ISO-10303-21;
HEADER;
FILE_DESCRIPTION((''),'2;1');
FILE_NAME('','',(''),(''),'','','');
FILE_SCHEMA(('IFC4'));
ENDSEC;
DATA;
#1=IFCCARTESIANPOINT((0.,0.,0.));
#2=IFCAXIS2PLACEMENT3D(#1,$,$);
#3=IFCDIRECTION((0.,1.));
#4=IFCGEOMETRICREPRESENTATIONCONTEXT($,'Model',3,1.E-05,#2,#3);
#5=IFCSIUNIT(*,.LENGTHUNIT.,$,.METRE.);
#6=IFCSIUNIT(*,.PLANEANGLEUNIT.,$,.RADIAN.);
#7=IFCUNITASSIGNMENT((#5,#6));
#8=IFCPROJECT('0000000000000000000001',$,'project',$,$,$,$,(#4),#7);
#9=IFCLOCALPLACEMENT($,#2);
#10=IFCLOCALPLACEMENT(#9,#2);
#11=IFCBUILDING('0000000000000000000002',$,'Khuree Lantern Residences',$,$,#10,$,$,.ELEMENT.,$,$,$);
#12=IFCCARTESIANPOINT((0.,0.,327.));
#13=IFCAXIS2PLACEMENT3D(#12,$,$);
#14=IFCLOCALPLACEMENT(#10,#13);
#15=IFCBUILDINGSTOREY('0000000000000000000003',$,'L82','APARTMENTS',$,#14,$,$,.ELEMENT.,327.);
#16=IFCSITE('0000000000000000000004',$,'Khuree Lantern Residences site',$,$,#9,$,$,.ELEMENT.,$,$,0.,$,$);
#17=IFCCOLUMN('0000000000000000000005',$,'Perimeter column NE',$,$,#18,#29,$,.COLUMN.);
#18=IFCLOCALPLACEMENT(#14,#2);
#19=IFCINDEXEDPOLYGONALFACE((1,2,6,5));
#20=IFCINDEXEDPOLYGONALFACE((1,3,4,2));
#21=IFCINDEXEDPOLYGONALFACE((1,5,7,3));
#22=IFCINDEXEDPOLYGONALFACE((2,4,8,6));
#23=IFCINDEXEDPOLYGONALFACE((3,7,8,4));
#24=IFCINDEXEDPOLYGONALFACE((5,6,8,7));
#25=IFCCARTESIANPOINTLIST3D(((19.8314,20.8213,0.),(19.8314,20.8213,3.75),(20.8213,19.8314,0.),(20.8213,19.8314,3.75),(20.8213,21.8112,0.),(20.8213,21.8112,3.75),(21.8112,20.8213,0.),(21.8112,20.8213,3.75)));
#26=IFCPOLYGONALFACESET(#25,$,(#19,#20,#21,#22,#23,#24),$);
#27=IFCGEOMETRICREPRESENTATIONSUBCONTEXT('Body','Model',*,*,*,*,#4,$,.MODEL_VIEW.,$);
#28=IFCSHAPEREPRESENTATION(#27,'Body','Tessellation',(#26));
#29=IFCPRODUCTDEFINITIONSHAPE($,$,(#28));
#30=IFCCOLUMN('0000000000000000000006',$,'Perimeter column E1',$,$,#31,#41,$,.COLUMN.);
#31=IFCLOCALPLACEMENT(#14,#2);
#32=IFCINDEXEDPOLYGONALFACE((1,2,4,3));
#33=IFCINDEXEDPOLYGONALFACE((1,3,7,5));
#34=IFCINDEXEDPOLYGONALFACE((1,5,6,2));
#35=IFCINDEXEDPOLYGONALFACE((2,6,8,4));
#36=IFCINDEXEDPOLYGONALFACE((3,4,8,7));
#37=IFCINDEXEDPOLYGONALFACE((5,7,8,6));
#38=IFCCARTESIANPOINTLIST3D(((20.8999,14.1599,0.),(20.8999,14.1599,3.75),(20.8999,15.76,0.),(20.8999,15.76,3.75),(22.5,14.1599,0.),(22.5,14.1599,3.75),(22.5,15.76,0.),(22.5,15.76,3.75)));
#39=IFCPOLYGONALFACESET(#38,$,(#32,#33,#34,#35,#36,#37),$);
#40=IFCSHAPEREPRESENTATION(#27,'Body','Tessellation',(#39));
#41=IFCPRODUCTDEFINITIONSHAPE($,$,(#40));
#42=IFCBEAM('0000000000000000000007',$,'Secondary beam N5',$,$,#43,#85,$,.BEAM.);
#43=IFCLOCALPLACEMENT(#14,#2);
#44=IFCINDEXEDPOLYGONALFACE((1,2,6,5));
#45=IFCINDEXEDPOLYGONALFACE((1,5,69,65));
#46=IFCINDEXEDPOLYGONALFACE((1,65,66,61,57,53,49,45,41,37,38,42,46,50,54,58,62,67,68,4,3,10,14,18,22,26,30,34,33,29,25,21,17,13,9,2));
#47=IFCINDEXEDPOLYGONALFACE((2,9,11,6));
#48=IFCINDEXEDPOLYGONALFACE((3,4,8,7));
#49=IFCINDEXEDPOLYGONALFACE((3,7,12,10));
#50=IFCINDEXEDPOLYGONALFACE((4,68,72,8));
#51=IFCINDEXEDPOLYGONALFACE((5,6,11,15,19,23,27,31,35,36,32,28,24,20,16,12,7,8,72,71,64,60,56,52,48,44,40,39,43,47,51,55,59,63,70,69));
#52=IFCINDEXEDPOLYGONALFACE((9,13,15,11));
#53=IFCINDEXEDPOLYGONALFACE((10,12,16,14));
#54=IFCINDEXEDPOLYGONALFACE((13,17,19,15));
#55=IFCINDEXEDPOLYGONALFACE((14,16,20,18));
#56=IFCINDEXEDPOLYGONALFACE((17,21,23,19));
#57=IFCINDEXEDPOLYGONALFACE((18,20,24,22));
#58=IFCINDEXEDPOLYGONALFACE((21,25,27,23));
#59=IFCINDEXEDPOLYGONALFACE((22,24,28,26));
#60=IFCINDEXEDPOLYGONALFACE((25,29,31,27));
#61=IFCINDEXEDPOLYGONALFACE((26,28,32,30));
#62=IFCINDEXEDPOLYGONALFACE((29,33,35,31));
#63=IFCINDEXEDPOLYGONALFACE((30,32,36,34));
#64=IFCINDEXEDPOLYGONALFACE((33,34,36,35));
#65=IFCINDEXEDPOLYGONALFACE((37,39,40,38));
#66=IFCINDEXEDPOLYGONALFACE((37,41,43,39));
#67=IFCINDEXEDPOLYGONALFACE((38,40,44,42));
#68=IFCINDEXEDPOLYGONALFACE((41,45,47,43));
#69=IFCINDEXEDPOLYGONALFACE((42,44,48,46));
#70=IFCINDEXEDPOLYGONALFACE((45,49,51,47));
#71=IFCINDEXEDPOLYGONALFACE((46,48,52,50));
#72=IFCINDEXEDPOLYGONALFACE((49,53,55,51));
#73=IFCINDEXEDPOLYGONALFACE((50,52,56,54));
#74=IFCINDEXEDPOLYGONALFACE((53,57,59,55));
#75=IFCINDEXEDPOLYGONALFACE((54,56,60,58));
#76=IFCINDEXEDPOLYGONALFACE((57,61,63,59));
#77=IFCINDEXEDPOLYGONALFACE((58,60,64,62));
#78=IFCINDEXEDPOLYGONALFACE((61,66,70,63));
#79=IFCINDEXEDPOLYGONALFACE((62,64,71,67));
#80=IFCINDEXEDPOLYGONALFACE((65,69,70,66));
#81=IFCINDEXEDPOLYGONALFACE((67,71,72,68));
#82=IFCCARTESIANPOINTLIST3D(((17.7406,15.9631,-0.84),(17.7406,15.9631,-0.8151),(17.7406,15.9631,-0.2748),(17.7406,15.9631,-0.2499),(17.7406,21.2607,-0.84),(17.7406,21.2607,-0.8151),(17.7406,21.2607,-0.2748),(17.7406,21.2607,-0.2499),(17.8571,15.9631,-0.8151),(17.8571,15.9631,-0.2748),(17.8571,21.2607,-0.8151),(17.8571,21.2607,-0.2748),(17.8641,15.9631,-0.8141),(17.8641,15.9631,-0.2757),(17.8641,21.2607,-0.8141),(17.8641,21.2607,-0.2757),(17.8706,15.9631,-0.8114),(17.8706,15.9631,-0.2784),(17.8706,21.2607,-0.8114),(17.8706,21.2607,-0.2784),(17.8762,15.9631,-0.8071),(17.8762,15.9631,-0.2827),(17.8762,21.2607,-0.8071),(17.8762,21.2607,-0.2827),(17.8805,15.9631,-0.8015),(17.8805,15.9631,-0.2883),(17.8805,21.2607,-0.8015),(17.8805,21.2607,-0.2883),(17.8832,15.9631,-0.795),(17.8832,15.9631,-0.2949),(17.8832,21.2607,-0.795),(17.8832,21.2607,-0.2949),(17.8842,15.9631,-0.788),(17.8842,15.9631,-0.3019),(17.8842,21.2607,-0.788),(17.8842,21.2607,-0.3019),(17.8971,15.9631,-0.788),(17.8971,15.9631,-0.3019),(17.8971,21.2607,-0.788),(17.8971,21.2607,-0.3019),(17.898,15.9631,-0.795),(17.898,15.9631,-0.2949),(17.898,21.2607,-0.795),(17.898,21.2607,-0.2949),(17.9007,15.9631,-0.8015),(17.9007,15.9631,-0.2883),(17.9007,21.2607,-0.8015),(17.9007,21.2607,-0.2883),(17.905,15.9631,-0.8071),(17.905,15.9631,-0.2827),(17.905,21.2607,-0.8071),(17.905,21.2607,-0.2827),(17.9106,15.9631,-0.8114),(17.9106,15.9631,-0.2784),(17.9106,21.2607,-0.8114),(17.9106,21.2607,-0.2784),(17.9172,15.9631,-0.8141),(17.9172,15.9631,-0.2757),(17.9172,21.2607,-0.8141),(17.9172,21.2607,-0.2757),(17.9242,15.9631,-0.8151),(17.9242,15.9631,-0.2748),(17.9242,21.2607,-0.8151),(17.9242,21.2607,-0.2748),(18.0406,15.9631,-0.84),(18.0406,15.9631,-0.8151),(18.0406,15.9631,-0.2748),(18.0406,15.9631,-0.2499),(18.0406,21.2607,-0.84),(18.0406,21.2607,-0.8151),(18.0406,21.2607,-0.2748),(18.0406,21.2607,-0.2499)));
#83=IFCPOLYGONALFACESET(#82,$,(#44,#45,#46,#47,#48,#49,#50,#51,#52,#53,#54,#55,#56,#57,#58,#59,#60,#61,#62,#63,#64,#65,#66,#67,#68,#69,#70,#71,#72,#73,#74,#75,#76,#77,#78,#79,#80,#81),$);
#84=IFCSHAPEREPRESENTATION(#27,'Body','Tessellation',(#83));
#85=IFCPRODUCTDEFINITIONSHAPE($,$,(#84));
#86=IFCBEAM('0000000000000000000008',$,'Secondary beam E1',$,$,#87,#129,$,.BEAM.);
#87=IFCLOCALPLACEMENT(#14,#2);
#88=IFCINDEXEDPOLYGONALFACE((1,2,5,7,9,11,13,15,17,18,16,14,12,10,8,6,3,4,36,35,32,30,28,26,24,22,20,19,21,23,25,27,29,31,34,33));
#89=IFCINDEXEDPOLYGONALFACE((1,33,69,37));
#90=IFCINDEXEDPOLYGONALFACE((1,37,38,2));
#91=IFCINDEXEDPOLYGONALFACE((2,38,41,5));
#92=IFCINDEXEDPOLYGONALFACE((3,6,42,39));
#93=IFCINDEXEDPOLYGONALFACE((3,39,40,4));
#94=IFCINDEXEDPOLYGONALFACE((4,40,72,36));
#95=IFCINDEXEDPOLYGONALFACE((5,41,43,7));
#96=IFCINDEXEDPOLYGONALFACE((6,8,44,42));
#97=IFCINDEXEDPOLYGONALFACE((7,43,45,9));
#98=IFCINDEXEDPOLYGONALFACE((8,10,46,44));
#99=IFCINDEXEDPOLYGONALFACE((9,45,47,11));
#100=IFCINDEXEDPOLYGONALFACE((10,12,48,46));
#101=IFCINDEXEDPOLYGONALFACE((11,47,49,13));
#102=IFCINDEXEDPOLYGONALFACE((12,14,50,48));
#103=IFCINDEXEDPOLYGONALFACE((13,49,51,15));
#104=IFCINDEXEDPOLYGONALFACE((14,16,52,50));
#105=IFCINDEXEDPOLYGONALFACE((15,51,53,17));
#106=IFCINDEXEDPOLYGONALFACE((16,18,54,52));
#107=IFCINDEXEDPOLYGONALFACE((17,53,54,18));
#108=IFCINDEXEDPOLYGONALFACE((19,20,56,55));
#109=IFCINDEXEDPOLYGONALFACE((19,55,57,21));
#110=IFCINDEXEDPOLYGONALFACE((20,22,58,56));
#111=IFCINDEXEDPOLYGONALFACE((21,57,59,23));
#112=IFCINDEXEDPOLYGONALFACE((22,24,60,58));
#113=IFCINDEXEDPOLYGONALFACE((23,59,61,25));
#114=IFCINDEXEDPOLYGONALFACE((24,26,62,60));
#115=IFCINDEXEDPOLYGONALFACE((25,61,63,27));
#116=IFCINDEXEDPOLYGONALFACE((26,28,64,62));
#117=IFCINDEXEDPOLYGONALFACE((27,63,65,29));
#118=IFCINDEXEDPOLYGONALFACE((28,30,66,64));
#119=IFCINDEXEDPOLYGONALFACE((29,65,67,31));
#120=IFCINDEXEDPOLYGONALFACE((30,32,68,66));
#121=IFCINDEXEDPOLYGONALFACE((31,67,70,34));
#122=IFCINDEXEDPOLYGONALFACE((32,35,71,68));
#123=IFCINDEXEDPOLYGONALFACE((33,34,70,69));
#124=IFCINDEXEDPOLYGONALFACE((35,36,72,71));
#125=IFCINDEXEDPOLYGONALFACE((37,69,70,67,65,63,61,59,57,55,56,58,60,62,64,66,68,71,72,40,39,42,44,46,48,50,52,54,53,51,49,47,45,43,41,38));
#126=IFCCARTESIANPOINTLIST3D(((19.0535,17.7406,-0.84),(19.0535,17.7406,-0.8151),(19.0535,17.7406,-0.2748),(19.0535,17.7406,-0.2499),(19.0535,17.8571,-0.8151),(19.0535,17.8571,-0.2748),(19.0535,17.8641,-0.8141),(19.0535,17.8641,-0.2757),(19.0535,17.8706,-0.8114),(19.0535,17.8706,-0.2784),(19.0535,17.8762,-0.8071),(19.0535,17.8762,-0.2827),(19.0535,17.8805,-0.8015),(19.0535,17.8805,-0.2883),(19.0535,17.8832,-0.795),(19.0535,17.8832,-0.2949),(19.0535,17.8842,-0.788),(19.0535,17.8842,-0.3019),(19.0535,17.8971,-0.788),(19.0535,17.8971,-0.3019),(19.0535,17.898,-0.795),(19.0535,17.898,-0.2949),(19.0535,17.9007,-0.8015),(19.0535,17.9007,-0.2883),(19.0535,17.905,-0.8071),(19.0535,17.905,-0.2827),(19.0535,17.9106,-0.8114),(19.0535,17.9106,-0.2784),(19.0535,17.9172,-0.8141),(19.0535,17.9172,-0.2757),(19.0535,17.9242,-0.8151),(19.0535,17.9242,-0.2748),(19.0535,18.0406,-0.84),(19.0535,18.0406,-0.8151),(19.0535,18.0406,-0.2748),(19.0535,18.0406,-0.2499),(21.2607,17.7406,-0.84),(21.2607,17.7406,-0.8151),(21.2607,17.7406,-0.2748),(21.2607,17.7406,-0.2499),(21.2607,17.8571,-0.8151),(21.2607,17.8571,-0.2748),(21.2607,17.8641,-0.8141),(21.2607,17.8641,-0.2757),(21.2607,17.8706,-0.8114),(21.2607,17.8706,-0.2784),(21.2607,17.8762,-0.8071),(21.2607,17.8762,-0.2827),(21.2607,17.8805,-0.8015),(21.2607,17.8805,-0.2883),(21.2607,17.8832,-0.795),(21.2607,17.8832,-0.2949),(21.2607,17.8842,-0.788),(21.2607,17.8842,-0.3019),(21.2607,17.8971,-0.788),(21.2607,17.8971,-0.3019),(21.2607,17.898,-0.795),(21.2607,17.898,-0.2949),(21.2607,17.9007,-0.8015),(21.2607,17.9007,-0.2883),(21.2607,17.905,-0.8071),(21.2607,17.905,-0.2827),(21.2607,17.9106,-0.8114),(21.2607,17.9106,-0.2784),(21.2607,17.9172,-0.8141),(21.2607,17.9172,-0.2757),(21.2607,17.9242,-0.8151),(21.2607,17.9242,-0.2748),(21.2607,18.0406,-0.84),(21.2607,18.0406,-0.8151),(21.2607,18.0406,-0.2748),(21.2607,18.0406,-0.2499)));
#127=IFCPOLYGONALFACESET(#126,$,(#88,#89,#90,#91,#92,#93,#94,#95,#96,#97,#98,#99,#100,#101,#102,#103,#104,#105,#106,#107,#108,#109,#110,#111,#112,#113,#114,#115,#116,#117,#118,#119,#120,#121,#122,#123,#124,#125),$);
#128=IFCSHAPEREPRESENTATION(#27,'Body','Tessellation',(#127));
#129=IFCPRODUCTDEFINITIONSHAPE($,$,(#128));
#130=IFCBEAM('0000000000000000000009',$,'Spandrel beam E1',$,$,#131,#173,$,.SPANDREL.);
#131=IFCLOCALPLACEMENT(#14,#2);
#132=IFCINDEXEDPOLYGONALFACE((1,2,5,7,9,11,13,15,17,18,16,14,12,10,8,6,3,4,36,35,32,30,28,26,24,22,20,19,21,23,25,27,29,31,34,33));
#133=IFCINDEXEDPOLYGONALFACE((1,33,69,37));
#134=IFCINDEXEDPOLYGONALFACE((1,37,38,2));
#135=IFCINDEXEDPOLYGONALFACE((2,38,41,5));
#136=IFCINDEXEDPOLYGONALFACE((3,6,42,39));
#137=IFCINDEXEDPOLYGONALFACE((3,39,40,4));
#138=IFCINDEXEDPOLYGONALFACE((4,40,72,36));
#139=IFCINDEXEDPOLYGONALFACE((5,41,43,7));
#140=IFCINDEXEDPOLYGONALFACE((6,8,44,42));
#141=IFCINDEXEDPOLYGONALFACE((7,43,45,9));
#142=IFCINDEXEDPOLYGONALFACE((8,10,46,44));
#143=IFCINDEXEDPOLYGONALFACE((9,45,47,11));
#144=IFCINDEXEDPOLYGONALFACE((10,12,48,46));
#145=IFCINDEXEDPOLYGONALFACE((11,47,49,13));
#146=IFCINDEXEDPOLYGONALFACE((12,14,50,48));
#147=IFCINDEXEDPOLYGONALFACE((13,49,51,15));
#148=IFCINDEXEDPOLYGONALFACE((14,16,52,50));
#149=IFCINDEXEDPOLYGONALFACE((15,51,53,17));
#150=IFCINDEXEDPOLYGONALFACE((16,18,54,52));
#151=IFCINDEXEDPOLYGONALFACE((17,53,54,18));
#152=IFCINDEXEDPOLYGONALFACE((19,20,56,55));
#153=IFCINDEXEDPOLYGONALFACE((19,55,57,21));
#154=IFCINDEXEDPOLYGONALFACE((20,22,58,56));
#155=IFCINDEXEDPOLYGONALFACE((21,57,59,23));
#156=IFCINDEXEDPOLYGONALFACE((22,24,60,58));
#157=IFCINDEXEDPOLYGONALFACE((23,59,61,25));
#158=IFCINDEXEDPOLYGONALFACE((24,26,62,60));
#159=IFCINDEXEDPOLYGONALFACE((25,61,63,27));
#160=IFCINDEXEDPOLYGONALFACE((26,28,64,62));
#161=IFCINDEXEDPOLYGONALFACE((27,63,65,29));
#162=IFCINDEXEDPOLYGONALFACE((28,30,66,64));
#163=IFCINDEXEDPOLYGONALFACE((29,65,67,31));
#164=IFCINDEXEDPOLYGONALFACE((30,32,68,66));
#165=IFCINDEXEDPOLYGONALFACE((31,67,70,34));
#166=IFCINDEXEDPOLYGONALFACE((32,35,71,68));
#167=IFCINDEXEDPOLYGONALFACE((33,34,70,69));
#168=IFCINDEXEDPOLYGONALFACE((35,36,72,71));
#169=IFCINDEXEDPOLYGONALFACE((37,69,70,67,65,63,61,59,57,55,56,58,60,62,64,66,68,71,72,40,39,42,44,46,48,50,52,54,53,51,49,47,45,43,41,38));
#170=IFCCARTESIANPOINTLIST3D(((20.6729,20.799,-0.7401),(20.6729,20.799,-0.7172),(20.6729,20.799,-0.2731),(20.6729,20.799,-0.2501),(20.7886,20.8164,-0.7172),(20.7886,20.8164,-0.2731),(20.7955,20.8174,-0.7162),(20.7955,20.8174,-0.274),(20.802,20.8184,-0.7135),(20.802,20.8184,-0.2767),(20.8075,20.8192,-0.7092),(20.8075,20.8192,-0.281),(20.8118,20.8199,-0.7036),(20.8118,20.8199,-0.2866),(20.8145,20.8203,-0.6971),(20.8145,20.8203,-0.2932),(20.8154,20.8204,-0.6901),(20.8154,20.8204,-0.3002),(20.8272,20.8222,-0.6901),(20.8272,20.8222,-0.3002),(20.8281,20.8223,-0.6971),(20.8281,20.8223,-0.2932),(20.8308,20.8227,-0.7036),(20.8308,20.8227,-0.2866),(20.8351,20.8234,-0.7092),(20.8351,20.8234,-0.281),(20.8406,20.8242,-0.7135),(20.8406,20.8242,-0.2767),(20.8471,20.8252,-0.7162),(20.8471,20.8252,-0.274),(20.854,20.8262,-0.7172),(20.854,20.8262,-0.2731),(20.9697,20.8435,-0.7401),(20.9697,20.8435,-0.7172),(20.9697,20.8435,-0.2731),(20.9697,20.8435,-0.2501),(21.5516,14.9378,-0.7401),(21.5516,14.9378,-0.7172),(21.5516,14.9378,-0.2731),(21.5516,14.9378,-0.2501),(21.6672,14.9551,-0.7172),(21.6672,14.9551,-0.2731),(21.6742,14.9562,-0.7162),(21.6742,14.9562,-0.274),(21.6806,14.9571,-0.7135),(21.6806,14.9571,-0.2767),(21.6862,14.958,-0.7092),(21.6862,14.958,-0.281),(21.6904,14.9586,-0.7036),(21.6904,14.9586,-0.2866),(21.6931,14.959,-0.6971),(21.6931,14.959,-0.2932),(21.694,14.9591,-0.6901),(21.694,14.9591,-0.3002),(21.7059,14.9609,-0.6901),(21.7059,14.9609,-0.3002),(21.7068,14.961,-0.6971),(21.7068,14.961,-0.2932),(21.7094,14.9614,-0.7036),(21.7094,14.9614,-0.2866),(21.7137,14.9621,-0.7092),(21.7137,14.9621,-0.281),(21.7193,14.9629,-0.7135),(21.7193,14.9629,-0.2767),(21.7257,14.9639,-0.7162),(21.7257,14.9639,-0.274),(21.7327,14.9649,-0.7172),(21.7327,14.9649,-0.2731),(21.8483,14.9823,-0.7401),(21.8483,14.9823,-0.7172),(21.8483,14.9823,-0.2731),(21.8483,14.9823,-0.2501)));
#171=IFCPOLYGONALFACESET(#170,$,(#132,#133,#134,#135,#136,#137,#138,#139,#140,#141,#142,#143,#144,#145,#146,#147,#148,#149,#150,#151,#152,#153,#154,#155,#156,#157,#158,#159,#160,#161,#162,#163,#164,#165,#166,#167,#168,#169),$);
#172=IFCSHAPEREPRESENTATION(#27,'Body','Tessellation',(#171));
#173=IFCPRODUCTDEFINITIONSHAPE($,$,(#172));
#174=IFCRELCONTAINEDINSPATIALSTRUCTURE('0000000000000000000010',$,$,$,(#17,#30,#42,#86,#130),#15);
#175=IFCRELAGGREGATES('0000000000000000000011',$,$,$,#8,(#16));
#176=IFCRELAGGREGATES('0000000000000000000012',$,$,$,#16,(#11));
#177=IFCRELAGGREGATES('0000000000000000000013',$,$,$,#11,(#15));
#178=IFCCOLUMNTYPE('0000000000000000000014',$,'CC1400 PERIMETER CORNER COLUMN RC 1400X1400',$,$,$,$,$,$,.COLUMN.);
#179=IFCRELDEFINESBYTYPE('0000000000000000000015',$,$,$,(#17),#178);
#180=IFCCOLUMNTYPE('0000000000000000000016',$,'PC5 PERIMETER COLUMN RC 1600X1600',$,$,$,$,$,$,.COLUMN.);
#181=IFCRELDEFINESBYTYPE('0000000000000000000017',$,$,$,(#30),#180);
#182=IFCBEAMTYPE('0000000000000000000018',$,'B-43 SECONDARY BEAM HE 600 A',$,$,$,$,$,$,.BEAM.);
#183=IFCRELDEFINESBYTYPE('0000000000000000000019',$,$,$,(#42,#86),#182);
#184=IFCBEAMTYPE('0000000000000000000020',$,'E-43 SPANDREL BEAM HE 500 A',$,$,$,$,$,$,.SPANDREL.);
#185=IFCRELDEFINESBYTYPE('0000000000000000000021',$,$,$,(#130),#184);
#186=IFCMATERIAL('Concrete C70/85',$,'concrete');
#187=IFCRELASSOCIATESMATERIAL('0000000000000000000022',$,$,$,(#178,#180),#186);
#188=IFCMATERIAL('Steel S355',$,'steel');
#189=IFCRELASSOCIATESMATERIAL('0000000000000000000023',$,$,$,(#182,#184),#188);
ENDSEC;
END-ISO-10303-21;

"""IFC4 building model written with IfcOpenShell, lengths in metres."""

from ifc_helpers import new_model, si_unit, direction, frame, origin, origin_2d, place, context, subcontext, project, spatial, rectangle, i_section, extrude, material, material_profile, profile_set, type_object, element, save


model = new_model("IFC4")

# Units and contexts
model_context = context("Model", 3, precision=1e-05, world=origin(), true_north=direction((0.0, 1.0)))
body_context = subcontext(model_context, "Body", "Model", "MODEL_VIEW")
ifc_project = project(units=[si_unit("LENGTHUNIT", "METRE"), si_unit("PLANEANGLEUNIT", "RADIAN")], contexts=[model_context])

# Site, building, storey
site_placement = place(None, origin())
site = spatial("IfcSite", under=ifc_project, at=site_placement, Name="Khuree Lantern Residences site", CompositionType="ELEMENT", RefElevation=0.0)
building_placement = place(site_placement, origin())
building = spatial("IfcBuilding", under=site, at=building_placement, Name="Khuree Lantern Residences", CompositionType="ELEMENT")
storey_placement = place(building_placement, frame((0.0, 0.0, 327.0)))
storey = spatial("IfcBuildingStorey", under=building, at=storey_placement, Name="L82", Description="APARTMENTS", CompositionType="ELEMENT", Elevation=327.0)

# Columns
ifc_material_1 = material(Name="Concrete C70/85", Category="concrete")
ifc_material_profile_1 = material_profile(ifc_material_1, rectangle(XDim=1.3999, YDim=1.3999, at=origin_2d()), Name="RC 1400X1400")
ifc_profile_set_1 = profile_set([ifc_material_profile_1], Name="Concrete C70/85")
column_type_1 = type_object("IfcColumnType", Name="CC1400 PERIMETER CORNER COLUMN RC 1400X1400", PredefinedType="COLUMN", material=ifc_profile_set_1)
column_1_placement = place(storey_placement, frame((20.8213, 20.8213, 0.0), z_axis=(0.0, 0.0, 1.0), x_axis=(0.707107, -0.707107, 0.0)))
element("IfcColumn", 1, at=column_1_placement, inside=storey, type_object=column_type_1, Name="Perimeter column NE", PredefinedType="COLUMN", context=body_context, shape_type="SweptSolid", body=[
    extrude(rectangle(XDim=1.3999, YDim=1.3999, at=origin_2d()), origin(), (0.0, 0.0, 1.0), 3.75),
])
ifc_material_profile_2 = material_profile(ifc_material_1, rectangle(XDim=1.6001, YDim=1.6001, at=origin_2d()), Name="RC 1600X1600")
ifc_profile_set_2 = profile_set([ifc_material_profile_2], Name="Concrete C70/85")
column_type_2 = type_object("IfcColumnType", Name="PC5 PERIMETER COLUMN RC 1600X1600", PredefinedType="COLUMN", material=ifc_profile_set_2)
column_2_placement = place(storey_placement, frame((21.7, 14.96, 0.0), z_axis=(0.0, 0.0, 1.0), x_axis=(0.0, 1.0, 0.0)))
element("IfcColumn", 2, at=column_2_placement, inside=storey, type_object=column_type_2, Name="Perimeter column E1", PredefinedType="COLUMN", context=body_context, shape_type="SweptSolid", body=[
    extrude(rectangle(XDim=1.6001, YDim=1.6001, at=origin_2d()), origin(), (0.0, 0.0, 1.0), 3.75),
])

# Beams
ifc_material_2 = material(Name="Steel S355", Category="steel")
ifc_material_profile_3 = material_profile(ifc_material_2, i_section(OverallWidth=0.3, OverallDepth=0.5901, WebThickness=0.0129, FlangeThickness=0.0249, FilletRadius=0.0271, at=origin_2d()), Name="HE 600 A")
ifc_profile_set_3 = profile_set([ifc_material_profile_3], Name="Steel S355")
beam_type_1 = type_object("IfcBeamType", Name="B-43 SECONDARY BEAM HE 600 A", PredefinedType="BEAM", material=ifc_profile_set_3)
beam_1_placement = place(storey_placement, frame((17.8906, 21.2607, -0.5449), z_axis=(0.0, -1.0, 0.0), x_axis=(1.0, 0.0, 0.0)))
element("IfcBeam", 3, at=beam_1_placement, inside=storey, type_object=beam_type_1, Name="Secondary beam N5", PredefinedType="BEAM", context=body_context, shape_type="SweptSolid", body=[
    extrude(i_section(OverallWidth=0.3, OverallDepth=0.5901, WebThickness=0.0129, FlangeThickness=0.0249, FilletRadius=0.0271, at=origin_2d()), origin(), (0.0, 0.0, 1.0), 5.2976),
])
beam_2_placement = place(storey_placement, frame((21.2607, 17.8906, -0.5449), z_axis=(-1.0, 0.0, 0.0), x_axis=(0.0, -1.0, 0.0)))
element("IfcBeam", 4, at=beam_2_placement, inside=storey, type_object=beam_type_1, Name="Secondary beam E1", PredefinedType="BEAM", context=body_context, shape_type="SweptSolid", body=[
    extrude(i_section(OverallWidth=0.3, OverallDepth=0.5901, WebThickness=0.0129, FlangeThickness=0.0249, FilletRadius=0.0271, at=origin_2d()), origin(), (0.0, 0.0, 1.0), 2.2073),
])
ifc_material_profile_4 = material_profile(ifc_material_2, i_section(OverallWidth=0.3, OverallDepth=0.49, WebThickness=0.012, FlangeThickness=0.0229, FilletRadius=0.0271, at=origin_2d()), Name="HE 500 A")
ifc_profile_set_4 = profile_set([ifc_material_profile_4], Name="Steel S355")
beam_type_2 = type_object("IfcBeamType", Name="E-43 SPANDREL BEAM HE 500 A", PredefinedType="SPANDREL", material=ifc_profile_set_4)
beam_3_placement = place(storey_placement, frame((20.8213, 20.8213, -0.4951), z_axis=(0.148252, -0.98895, 0.0), x_axis=(0.98895, 0.148252, 0.0)))
element("IfcBeam", 5, at=beam_3_placement, inside=storey, type_object=beam_type_2, Name="Spandrel beam E1", PredefinedType="SPANDREL", context=body_context, shape_type="SweptSolid", body=[
    extrude(i_section(OverallWidth=0.3, OverallDepth=0.49, WebThickness=0.012, FlangeThickness=0.0229, FilletRadius=0.0271, at=origin_2d()), origin(), (0.0, 0.0, 1.0), 5.9268),
])

save(model, "model.ifc")
